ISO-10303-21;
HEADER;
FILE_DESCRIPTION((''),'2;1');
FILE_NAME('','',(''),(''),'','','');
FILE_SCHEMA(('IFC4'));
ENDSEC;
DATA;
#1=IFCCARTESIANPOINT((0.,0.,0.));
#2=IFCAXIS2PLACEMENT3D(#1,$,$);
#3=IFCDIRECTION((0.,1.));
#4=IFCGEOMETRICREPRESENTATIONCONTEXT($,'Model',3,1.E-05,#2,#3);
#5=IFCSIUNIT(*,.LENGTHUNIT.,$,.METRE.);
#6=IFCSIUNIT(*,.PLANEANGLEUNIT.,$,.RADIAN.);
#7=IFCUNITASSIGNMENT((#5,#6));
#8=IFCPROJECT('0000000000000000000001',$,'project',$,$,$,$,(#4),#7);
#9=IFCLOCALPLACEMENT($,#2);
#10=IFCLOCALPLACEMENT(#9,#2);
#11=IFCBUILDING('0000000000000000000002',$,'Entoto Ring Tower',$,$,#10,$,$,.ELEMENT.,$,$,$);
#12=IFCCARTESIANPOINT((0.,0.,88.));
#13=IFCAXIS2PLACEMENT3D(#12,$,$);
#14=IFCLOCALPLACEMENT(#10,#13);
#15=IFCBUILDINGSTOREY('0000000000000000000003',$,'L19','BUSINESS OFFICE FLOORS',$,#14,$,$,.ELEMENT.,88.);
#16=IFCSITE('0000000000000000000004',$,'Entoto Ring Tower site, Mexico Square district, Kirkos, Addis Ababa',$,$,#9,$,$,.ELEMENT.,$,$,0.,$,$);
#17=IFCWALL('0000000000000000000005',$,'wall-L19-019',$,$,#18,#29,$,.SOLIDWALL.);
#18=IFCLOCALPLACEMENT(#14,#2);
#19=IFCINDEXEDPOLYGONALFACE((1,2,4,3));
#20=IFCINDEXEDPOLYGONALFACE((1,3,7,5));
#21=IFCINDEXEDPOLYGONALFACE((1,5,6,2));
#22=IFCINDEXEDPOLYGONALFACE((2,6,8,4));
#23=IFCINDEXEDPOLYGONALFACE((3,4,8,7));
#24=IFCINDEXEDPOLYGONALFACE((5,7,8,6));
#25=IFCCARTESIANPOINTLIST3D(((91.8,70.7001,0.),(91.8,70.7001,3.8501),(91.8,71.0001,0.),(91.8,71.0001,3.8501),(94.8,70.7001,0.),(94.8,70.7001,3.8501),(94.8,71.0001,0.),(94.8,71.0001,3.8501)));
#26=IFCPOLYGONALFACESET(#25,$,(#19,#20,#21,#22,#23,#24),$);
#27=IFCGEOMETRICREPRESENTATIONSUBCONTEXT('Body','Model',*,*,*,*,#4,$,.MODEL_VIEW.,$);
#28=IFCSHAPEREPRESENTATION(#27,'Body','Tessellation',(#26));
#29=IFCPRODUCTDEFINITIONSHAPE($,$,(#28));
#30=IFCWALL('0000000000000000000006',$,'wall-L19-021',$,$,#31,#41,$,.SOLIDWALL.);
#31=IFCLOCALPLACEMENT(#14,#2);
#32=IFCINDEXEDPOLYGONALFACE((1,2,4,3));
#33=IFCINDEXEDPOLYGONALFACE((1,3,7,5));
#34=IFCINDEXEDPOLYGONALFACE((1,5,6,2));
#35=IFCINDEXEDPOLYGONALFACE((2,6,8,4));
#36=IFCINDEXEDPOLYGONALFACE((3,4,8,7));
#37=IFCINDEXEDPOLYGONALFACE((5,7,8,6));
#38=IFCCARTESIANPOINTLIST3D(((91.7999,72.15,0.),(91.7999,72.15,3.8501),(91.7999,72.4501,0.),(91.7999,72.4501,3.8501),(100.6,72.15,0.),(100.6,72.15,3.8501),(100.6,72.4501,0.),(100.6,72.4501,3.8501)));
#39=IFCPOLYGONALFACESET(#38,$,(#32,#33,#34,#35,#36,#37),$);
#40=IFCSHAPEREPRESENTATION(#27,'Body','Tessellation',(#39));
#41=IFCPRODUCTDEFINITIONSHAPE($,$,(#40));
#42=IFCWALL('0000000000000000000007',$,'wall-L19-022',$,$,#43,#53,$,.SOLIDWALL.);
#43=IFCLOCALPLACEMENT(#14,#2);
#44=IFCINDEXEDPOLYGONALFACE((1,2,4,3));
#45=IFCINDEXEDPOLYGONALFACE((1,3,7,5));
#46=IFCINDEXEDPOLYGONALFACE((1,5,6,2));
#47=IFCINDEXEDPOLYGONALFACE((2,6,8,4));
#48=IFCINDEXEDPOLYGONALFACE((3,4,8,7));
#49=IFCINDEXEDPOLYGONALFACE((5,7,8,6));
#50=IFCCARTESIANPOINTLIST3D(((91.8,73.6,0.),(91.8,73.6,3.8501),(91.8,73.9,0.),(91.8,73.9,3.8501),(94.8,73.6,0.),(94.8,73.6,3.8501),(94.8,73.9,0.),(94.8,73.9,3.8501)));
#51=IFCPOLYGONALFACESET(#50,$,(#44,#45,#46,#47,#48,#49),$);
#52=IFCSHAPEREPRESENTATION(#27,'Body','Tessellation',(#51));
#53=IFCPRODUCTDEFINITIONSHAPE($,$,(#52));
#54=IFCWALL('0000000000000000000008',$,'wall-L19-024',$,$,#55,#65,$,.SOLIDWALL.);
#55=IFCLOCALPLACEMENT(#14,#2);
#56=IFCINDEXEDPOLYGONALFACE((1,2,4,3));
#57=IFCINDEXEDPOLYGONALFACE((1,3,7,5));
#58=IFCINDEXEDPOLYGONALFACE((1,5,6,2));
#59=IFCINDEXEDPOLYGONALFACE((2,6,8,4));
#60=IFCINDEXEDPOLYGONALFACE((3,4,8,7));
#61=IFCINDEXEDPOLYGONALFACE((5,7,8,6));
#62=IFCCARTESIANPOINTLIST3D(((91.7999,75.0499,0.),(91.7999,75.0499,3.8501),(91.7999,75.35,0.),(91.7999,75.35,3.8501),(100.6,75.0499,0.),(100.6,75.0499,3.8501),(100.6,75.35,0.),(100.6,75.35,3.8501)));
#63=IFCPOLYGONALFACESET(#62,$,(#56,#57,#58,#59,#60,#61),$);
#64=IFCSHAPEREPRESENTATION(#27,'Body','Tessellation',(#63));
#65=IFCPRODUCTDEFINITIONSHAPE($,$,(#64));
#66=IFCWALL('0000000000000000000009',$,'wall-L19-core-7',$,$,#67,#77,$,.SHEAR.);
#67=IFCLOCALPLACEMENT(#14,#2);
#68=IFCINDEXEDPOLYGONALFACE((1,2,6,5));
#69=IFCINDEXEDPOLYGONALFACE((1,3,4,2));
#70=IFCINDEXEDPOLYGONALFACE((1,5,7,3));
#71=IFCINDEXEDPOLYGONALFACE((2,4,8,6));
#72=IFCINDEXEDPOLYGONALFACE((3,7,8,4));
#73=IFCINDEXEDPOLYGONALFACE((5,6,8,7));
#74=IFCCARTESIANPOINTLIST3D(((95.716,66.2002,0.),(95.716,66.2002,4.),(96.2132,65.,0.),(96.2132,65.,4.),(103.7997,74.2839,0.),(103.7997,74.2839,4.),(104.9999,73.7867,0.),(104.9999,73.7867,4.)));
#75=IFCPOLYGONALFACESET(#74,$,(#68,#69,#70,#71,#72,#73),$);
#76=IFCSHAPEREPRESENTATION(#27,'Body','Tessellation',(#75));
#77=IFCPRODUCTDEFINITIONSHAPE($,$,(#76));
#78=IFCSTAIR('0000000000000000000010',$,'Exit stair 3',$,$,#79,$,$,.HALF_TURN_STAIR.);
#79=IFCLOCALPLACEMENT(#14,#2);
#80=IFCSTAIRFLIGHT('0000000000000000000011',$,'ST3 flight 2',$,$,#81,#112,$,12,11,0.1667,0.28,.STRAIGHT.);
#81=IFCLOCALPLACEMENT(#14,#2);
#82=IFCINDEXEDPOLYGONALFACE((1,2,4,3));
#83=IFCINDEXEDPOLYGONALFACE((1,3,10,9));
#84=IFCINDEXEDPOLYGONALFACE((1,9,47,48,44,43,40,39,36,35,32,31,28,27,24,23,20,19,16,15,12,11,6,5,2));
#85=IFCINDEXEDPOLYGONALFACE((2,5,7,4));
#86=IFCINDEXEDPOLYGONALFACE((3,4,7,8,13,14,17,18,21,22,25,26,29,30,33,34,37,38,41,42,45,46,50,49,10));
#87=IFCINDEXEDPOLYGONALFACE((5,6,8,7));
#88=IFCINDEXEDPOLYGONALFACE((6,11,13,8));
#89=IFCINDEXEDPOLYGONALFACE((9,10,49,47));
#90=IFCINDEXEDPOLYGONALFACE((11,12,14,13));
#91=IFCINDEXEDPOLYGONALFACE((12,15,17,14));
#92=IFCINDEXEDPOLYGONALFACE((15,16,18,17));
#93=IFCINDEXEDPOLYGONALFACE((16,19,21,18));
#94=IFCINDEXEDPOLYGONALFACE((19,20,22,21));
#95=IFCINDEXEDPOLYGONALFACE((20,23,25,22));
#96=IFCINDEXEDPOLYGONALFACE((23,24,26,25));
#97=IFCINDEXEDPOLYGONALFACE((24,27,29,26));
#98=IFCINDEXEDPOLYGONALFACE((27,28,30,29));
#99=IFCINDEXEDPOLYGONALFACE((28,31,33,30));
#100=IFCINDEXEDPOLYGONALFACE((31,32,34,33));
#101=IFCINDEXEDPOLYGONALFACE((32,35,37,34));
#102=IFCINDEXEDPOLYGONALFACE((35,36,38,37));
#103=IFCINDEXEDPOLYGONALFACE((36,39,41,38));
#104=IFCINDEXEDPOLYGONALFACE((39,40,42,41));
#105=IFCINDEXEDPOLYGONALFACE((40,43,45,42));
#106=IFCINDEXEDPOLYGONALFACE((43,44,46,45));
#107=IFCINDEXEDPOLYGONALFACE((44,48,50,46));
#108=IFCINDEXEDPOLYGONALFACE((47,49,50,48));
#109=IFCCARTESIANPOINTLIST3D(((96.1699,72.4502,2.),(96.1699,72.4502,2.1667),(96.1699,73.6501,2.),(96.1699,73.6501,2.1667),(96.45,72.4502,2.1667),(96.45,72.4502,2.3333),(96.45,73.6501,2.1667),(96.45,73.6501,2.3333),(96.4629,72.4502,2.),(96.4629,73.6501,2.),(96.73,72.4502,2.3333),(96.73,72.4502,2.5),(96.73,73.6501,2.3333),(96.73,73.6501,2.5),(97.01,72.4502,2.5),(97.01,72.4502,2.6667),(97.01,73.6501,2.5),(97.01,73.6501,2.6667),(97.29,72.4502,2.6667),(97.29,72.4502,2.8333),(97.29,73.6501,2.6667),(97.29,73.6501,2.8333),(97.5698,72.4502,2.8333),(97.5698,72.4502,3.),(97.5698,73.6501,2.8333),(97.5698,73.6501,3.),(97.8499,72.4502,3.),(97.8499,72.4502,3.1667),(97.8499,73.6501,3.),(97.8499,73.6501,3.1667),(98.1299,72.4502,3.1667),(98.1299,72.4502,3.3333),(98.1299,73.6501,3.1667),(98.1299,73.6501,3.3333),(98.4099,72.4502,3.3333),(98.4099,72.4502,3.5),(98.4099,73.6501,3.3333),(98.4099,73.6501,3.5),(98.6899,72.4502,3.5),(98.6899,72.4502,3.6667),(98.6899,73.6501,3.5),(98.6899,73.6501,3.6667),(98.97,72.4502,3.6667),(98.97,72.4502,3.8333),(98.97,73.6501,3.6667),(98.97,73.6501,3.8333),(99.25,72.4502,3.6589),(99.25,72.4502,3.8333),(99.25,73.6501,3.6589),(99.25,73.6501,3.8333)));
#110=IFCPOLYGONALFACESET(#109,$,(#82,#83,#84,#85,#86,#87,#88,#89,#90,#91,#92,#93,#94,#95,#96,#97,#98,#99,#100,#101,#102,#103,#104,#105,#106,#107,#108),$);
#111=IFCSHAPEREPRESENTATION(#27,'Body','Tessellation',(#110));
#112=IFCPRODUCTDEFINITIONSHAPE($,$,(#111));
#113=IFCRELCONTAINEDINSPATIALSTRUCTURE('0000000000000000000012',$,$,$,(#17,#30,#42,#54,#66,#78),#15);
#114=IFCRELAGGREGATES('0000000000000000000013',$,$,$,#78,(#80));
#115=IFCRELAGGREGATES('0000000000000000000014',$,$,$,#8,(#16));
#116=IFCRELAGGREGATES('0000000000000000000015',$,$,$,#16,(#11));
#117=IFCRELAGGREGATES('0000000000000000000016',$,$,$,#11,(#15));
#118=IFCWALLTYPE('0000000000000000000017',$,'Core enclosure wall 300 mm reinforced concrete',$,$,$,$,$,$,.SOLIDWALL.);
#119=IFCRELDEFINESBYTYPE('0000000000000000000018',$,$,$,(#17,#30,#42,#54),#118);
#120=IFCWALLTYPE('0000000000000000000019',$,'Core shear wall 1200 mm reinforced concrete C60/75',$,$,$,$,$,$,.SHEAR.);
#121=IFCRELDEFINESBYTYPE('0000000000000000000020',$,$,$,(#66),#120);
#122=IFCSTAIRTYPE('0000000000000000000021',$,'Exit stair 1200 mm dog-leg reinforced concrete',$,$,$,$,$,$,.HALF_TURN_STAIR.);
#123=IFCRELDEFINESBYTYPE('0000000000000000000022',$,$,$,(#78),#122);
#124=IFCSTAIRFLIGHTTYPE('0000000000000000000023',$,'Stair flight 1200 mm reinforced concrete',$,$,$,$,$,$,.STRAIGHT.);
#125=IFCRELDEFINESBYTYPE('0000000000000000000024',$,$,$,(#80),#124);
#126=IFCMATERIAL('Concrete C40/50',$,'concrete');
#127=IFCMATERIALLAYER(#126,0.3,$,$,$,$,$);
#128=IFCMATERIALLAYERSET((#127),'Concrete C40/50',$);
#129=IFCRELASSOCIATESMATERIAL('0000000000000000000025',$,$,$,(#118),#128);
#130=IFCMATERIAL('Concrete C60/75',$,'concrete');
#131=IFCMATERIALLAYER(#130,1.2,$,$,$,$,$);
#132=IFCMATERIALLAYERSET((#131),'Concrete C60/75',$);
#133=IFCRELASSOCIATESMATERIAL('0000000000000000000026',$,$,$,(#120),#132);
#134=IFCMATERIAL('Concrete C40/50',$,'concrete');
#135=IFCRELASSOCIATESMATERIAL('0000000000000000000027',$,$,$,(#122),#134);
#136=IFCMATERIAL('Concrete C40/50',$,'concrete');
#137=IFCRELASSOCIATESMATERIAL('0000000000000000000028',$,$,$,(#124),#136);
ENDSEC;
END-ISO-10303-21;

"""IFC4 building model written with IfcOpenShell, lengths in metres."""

from ifc_helpers import new_model, si_unit, direction, frame, frame_2d, origin, place, context, subcontext, project, spatial, polyline, rectangle, outline, extrude, material, layer, layer_set, type_object, element, aggregate, save


model = new_model("IFC4")

# Units and contexts
model_context = context("Model", 3, precision=1e-05, world=origin(), true_north=direction((0.0, 1.0)))
body_context = subcontext(model_context, "Body", "Model", "MODEL_VIEW")
ifc_project = project(units=[si_unit("LENGTHUNIT", "METRE"), si_unit("PLANEANGLEUNIT", "RADIAN")], contexts=[model_context])

# Site, building, storey
site_placement = place(None, origin())
site = spatial("IfcSite", under=ifc_project, at=site_placement, Name="Entoto Ring Tower site, Mexico Square district, Kirkos, Addis Ababa", CompositionType="ELEMENT", RefElevation=0.0)
building_placement = place(site_placement, origin())
building = spatial("IfcBuilding", under=site, at=building_placement, Name="Entoto Ring Tower", CompositionType="ELEMENT")
storey_placement = place(building_placement, frame((0.0, 0.0, 88.0)))
storey = spatial("IfcBuildingStorey", under=building, at=storey_placement, Name="L19", Description="BUSINESS OFFICE FLOORS", CompositionType="ELEMENT", Elevation=88.0)

# Shared definitions
ifc_material_1 = material(Name="Concrete C40/50", Category="concrete")
ifc_layer_1 = layer(ifc_material_1, 0.3)
ifc_layer_set_1 = layer_set([ifc_layer_1], Name="Concrete C40/50")
wall_type_1 = type_object("IfcWallType", Name="Core enclosure wall 300 mm reinforced concrete", PredefinedType="SOLIDWALL", material=ifc_layer_set_1)

# Walls
wall_1_placement = place(storey_placement, frame((91.8, 70.8501, 0.0), z_axis=(0.0, 0.0, 1.0), x_axis=(1.0, 0.0, 0.0)))
element("IfcWall", 1, at=wall_1_placement, inside=storey, type_object=wall_type_1, Name="wall-L19-019", PredefinedType="SOLIDWALL", context=body_context, shape_type="SweptSolid", body=[
    extrude(rectangle(XDim=3.0, YDim=0.3, at=frame_2d((1.5, 0.0))), origin(), (0.0, 0.0, 1.0), 3.8501),
])
wall_2_placement = place(storey_placement, frame((91.8, 72.3, 0.0), z_axis=(0.0, 0.0, 1.0), x_axis=(1.0, 0.0, 0.0)))
element("IfcWall", 2, at=wall_2_placement, inside=storey, type_object=wall_type_1, Name="wall-L19-021", PredefinedType="SOLIDWALL", context=body_context, shape_type="SweptSolid", body=[
    extrude(rectangle(XDim=8.8, YDim=0.3, at=frame_2d((4.3999, 0.0))), origin(), (0.0, 0.0, 1.0), 3.8501),
])
wall_3_placement = place(storey_placement, frame((91.8, 73.75, 0.0), z_axis=(0.0, 0.0, 1.0), x_axis=(1.0, 0.0, 0.0)))
element("IfcWall", 3, at=wall_3_placement, inside=storey, type_object=wall_type_1, Name="wall-L19-022", PredefinedType="SOLIDWALL", context=body_context, shape_type="SweptSolid", body=[
    extrude(rectangle(XDim=3.0, YDim=0.3, at=frame_2d((1.5, 0.0))), origin(), (0.0, 0.0, 1.0), 3.8501),
])
wall_4_placement = place(storey_placement, frame((91.8, 75.2, 0.0), z_axis=(0.0, 0.0, 1.0), x_axis=(1.0, 0.0, 0.0)))
element("IfcWall", 4, at=wall_4_placement, inside=storey, type_object=wall_type_1, Name="wall-L19-024", PredefinedType="SOLIDWALL", context=body_context, shape_type="SweptSolid", body=[
    extrude(rectangle(XDim=8.8, YDim=0.3, at=frame_2d((4.3999, 0.0))), origin(), (0.0, 0.0, 1.0), 3.8501),
])
ifc_material_2 = material(Name="Concrete C60/75", Category="concrete")
ifc_layer_2 = layer(ifc_material_2, 1.2)
ifc_layer_set_2 = layer_set([ifc_layer_2], Name="Concrete C60/75")
wall_type_2 = type_object("IfcWallType", Name="Core shear wall 1200 mm reinforced concrete C60/75", PredefinedType="SHEAR", material=ifc_layer_set_2)
wall_5_placement = place(storey_placement, frame((95.9646, 65.6001, 0.0), z_axis=(0.0, 0.0, 1.0), x_axis=(0.707107, 0.707107, 0.0)))
element("IfcWall", 5, at=wall_5_placement, inside=storey, type_object=wall_type_2, Name="wall-L19-core-7", PredefinedType="SHEAR", context=body_context, shape_type="SweptSolid", body=[
    extrude(outline(polyline([(-0.2485, -0.6001), (12.1777, -0.6001), (11.6807, 0.6001), (0.2485, 0.6001), (-0.2485, -0.6001)])), origin(), (0.0, 0.0, 1.0), 4.0),
])

# Stair, stair flight
ifc_material_3 = material(Name="Concrete C40/50", Category="concrete")
stair_type = type_object("IfcStairType", Name="Exit stair 1200 mm dog-leg reinforced concrete", PredefinedType="HALF_TURN_STAIR", material=ifc_material_3)
stair_placement = place(storey_placement, origin())
stair = element("IfcStair", 6, at=stair_placement, inside=storey, type_object=stair_type, Name="Exit stair 3", PredefinedType="HALF_TURN_STAIR")
ifc_material_4 = material(Name="Concrete C40/50", Category="concrete")
stair_flight_type = type_object("IfcStairFlightType", Name="Stair flight 1200 mm reinforced concrete", PredefinedType="STRAIGHT", material=ifc_material_4)
stair_flight_placement = place(storey_placement, frame((96.1699, 73.05, 2.0), z_axis=(0.0, 0.0, 1.0), x_axis=(1.0, 0.0, 0.0)))
stair_flight = element("IfcStairFlight", 7, at=stair_flight_placement, type_object=stair_flight_type, Name="ST3 flight 2", NumberOfRisers=12, NumberOfTreads=11, PredefinedType="STRAIGHT", RiserHeight=0.1667, TreadLength=0.28, context=body_context, shape_type="SweptSolid", body=[
    extrude(outline(polyline([(0.0, 0.0), (0.0, 0.1667), (0.28, 0.1667), (0.28, 0.3333), (0.5601, 0.3333), (0.5601, 0.5), (0.8401, 0.5), (0.8401, 0.6667), (1.1201, 0.6667), (1.1201, 0.8333), (1.3999, 0.8333), (1.3999, 1.0), (1.6799, 1.0), (1.6799, 1.1667), (1.96, 1.1667), (1.96, 1.3333), (2.24, 1.3333), (2.24, 1.5), (2.52, 1.5), (2.52, 1.6667), (2.8, 1.6667), (2.8, 1.8333), (3.0801, 1.8333), (3.0801, 2.0), (3.0801, 1.6589), (0.293, 0.0), (0.0, 0.0)])), frame((0.0, 0.6001, 0.0), z_axis=(0.0, -1.0, 0.0), x_axis=(1.0, 0.0, 0.0)), (0.0, 0.0, 1.0), 1.2),
])
aggregate(stair, [stair_flight])

save(model, "model.ifc")
